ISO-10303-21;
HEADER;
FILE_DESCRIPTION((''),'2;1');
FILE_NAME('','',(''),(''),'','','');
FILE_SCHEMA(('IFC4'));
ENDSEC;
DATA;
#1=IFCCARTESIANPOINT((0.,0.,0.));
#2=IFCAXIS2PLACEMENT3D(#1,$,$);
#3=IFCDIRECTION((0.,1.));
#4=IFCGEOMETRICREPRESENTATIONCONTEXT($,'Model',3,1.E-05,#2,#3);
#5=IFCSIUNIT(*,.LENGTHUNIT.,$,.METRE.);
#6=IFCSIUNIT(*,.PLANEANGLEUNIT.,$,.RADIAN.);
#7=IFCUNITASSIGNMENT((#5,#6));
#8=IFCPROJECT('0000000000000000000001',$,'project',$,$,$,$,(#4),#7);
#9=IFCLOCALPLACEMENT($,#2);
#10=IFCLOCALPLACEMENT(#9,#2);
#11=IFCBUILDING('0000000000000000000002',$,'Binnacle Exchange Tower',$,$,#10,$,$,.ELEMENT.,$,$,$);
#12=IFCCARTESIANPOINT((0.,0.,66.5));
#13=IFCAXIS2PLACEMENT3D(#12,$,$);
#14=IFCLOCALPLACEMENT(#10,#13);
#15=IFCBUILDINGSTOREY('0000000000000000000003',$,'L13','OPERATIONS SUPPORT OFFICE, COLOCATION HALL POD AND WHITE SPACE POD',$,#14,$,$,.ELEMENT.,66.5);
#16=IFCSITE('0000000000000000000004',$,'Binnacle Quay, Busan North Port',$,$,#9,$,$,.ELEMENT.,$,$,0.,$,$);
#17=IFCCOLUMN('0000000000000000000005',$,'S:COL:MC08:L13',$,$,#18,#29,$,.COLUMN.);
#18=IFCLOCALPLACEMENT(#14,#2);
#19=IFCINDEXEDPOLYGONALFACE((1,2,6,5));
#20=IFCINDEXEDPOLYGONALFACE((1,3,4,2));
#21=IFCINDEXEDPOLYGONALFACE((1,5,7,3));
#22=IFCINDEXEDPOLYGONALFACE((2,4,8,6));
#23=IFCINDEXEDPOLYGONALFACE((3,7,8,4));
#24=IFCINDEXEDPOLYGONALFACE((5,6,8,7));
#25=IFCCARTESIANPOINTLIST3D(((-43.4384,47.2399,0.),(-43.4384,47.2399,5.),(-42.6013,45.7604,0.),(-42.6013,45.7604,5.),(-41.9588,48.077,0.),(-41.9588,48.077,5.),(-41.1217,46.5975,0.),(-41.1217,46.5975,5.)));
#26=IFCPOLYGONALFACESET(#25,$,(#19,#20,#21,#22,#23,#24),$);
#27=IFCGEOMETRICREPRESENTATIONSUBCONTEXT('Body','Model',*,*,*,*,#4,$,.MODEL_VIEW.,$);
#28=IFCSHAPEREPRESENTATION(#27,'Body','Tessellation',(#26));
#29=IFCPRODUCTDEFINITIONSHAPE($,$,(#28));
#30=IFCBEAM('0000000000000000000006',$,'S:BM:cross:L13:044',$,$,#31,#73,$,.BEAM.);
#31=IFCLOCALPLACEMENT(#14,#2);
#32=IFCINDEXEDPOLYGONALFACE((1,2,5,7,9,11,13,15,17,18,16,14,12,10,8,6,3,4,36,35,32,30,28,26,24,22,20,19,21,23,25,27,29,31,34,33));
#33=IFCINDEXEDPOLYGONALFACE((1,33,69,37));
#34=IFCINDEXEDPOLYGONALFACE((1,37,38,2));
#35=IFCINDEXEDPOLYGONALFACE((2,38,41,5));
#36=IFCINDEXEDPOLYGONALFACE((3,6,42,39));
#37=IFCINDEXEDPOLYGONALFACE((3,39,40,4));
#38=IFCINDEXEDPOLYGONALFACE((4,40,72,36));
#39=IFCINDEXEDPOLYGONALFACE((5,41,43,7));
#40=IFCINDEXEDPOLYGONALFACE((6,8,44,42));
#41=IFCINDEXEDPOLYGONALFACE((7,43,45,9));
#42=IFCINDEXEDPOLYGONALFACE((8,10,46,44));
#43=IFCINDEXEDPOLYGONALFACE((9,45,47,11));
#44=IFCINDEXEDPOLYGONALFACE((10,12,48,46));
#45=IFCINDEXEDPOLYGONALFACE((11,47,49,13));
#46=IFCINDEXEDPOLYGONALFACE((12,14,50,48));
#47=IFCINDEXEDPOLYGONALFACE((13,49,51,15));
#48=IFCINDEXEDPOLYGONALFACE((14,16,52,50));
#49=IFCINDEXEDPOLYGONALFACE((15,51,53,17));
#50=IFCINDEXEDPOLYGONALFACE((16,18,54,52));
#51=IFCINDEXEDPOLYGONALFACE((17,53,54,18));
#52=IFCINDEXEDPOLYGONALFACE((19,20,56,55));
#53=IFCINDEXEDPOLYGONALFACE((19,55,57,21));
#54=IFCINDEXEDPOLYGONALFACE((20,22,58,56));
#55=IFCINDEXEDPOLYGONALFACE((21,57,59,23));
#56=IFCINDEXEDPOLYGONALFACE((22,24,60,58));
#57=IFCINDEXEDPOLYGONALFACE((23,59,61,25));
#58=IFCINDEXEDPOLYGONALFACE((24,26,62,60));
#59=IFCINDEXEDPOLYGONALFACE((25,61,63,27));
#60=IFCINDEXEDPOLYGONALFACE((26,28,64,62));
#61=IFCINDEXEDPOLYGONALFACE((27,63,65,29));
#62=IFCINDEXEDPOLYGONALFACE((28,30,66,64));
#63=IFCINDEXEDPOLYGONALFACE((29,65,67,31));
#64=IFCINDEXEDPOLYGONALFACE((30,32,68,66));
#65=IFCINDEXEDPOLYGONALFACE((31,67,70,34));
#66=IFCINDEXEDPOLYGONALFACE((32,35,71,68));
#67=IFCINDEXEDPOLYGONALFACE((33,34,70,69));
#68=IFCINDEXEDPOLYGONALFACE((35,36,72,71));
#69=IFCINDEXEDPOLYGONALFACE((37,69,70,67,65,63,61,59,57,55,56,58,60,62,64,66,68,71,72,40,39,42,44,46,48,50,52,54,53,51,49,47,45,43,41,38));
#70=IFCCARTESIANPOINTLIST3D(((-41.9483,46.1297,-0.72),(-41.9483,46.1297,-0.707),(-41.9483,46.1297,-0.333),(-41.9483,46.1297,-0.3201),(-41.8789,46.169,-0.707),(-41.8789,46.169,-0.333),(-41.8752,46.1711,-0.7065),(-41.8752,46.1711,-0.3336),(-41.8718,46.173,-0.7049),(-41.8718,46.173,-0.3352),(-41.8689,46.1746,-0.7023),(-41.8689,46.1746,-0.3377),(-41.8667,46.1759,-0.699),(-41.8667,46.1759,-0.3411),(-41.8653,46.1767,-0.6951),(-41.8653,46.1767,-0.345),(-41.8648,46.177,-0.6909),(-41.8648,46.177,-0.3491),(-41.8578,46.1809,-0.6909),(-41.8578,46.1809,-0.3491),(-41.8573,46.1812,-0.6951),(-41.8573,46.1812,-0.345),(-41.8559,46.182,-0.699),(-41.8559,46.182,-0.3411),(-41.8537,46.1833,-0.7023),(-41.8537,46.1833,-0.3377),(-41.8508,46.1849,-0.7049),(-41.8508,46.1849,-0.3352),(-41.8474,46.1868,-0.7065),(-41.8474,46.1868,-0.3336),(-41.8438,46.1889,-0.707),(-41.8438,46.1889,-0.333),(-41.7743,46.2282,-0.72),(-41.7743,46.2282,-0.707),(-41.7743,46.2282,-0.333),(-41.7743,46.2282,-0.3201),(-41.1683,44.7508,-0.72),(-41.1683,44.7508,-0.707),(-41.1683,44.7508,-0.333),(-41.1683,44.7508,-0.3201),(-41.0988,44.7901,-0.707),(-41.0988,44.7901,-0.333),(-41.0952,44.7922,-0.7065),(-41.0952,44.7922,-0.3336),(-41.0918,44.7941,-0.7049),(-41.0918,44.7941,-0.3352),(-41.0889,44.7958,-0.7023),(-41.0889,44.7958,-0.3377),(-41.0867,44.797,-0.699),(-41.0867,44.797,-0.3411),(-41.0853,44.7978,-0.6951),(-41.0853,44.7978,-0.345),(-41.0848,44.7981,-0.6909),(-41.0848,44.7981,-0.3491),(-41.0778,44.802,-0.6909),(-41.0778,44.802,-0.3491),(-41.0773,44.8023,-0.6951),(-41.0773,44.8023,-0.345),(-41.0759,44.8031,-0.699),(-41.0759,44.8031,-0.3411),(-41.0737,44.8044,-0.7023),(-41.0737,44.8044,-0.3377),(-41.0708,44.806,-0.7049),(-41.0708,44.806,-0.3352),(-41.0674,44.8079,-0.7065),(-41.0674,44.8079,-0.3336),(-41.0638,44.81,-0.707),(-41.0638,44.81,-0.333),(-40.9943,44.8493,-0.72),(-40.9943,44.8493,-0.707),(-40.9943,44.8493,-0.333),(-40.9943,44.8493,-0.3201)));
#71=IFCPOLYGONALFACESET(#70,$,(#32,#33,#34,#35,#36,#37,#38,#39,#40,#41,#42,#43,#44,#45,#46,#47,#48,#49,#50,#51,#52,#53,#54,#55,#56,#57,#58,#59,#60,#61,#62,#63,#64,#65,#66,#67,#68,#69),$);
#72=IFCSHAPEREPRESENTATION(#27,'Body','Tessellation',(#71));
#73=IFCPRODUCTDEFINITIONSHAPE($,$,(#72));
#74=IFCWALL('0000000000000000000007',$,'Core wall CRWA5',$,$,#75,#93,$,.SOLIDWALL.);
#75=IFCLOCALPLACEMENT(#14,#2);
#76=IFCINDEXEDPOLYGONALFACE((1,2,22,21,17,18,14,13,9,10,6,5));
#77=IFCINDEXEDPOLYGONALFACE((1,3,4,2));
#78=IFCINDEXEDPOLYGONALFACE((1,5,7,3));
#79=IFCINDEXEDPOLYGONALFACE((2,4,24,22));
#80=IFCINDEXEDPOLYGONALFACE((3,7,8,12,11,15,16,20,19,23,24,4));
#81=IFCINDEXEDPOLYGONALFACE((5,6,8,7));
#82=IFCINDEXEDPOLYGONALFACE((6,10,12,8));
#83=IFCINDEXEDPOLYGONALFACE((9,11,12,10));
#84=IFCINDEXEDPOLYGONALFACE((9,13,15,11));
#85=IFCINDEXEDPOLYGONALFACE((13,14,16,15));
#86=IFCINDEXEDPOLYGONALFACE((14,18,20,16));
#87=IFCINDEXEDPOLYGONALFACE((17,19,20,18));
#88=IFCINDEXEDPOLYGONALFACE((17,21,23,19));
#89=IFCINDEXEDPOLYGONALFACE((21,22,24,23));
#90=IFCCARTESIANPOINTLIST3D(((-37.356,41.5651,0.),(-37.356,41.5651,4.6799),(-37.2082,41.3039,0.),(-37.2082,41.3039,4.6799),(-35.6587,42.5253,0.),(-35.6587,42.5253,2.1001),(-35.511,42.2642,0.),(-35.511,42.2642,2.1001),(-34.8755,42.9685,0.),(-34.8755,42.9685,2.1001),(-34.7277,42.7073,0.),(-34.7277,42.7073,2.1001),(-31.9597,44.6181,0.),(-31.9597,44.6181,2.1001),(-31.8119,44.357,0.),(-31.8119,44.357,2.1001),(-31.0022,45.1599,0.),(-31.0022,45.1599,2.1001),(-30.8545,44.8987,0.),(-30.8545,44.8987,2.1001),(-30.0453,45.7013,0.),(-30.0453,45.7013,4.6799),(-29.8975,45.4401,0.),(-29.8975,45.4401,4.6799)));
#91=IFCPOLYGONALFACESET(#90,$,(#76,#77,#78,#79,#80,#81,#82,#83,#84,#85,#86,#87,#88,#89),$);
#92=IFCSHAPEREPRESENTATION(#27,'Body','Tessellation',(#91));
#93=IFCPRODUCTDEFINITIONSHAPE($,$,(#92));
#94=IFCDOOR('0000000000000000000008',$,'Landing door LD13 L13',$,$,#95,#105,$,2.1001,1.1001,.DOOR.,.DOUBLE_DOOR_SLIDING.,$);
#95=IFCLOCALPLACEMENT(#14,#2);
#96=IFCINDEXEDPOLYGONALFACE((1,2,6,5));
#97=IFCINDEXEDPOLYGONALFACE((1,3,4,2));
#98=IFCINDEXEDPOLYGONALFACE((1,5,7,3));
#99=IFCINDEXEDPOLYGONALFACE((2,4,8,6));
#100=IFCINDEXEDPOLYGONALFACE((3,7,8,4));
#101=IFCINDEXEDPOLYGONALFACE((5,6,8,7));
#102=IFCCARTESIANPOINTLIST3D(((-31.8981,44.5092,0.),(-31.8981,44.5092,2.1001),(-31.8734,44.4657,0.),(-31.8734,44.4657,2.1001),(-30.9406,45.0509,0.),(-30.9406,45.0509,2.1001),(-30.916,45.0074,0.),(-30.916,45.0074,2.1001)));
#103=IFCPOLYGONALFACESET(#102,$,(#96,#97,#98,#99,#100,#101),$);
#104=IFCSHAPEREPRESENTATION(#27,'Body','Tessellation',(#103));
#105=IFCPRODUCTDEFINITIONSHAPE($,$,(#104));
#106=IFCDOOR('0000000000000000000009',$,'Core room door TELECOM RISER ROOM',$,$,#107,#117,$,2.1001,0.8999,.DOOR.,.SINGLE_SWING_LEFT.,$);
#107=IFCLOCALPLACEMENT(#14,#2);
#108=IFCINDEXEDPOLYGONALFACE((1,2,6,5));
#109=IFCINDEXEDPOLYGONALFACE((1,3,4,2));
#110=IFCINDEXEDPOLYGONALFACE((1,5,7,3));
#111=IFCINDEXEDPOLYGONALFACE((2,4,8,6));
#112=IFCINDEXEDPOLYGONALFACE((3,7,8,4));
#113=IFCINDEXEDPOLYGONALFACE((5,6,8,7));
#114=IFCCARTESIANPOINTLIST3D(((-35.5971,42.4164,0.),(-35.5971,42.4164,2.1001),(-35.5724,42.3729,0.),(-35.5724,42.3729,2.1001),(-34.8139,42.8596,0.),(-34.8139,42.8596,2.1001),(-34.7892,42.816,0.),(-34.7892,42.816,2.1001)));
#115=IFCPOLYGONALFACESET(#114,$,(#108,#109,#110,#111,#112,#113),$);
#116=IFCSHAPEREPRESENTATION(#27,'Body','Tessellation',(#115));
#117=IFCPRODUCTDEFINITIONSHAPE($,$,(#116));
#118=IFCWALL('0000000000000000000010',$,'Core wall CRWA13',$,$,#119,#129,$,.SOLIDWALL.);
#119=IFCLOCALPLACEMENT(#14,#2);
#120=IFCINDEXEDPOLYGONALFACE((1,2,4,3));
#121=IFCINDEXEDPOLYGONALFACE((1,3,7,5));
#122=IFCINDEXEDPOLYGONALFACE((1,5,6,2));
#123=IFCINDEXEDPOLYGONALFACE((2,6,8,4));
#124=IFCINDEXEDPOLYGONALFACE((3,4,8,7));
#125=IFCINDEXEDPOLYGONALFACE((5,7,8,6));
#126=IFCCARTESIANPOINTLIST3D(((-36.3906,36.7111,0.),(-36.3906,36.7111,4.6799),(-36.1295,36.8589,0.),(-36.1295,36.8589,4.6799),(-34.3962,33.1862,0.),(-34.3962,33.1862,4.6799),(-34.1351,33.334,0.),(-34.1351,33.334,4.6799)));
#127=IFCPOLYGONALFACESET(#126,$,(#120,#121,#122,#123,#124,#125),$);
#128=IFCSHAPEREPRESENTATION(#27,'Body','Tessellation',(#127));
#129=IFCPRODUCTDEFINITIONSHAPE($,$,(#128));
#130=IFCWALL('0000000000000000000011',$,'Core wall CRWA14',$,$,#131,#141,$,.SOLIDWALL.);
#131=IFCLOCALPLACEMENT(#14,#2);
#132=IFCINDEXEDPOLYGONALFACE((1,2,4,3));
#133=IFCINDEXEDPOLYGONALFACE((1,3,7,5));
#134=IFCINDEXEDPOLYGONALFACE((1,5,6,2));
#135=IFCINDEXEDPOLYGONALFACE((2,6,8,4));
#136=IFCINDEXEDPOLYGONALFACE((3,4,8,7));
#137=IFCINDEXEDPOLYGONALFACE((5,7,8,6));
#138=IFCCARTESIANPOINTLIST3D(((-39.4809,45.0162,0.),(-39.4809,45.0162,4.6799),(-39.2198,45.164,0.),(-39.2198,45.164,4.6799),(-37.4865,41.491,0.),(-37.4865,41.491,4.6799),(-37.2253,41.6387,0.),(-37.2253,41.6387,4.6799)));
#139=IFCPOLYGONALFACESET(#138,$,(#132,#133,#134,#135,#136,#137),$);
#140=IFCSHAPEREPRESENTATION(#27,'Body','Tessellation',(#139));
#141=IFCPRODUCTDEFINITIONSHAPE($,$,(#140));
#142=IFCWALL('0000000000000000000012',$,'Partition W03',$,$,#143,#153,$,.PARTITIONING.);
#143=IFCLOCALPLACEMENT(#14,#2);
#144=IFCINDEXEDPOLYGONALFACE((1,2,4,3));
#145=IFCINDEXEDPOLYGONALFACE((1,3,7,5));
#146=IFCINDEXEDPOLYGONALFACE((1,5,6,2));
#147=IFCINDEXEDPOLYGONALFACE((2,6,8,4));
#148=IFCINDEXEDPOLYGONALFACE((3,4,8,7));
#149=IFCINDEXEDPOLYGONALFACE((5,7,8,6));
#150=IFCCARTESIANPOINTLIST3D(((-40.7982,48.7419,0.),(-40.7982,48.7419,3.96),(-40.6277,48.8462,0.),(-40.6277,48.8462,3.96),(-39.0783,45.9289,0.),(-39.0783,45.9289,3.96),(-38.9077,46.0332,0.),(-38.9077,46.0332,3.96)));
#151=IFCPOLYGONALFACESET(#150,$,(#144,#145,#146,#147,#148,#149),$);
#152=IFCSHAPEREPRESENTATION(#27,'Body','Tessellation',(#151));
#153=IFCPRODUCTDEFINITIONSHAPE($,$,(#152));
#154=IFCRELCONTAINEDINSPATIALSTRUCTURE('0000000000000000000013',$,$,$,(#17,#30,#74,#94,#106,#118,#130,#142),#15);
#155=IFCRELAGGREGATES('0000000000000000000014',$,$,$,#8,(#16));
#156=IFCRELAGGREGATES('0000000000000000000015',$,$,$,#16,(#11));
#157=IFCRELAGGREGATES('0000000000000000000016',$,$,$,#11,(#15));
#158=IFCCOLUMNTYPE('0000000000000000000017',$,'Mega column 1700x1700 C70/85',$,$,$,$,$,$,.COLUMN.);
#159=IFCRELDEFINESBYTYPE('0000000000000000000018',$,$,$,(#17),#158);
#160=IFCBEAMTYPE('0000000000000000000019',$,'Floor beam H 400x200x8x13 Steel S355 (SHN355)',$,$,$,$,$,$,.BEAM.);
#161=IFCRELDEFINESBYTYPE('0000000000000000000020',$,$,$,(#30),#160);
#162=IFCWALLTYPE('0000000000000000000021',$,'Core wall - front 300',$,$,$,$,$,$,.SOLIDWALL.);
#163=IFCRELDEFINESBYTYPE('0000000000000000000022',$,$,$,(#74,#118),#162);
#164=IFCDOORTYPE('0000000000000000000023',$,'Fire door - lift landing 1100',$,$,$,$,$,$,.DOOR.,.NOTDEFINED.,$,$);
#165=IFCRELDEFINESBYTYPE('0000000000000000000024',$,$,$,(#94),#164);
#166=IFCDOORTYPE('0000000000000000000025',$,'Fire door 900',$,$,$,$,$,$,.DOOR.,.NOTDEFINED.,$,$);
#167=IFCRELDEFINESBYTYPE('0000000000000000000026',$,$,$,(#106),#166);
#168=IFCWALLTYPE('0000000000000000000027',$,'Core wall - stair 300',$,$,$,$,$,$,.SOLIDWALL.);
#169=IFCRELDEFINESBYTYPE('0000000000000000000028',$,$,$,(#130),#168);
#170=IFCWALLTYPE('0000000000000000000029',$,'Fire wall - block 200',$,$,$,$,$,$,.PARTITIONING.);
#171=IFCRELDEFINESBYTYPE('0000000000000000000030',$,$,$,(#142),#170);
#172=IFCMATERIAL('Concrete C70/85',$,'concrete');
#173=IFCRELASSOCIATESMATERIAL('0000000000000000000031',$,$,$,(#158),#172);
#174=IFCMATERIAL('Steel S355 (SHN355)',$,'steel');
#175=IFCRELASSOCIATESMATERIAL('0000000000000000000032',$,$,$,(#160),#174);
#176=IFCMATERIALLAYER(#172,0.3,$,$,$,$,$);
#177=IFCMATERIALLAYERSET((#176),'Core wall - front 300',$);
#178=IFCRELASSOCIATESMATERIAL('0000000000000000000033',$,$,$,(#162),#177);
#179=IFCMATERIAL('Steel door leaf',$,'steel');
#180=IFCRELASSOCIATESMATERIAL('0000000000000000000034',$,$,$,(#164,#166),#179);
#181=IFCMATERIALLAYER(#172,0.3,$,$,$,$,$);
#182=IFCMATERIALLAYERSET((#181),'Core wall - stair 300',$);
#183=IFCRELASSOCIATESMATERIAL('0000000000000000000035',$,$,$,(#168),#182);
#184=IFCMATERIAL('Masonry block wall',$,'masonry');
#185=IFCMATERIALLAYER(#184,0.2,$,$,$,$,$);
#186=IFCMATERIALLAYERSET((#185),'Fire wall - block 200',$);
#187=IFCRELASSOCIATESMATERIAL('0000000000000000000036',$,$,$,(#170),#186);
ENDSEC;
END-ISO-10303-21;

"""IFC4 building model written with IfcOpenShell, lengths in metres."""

from ifc_helpers import new_model, si_unit, direction, frame, frame_2d, origin, origin_2d, place, context, subcontext, project, spatial, rectangle, i_section, extrude, material, layer, layer_set, material_profile, profile_set, type_object, element, fill, save


model = new_model("IFC4")

# Units and contexts
model_context = context("Model", 3, precision=1e-05, world=origin(), true_north=direction((0.0, 1.0)))
body_context = subcontext(model_context, "Body", "Model", "MODEL_VIEW")
ifc_project = project(units=[si_unit("LENGTHUNIT", "METRE"), si_unit("PLANEANGLEUNIT", "RADIAN")], contexts=[model_context])

# Site, building, storey
site_placement = place(None, origin())
site = spatial("IfcSite", under=ifc_project, at=site_placement, Name="Binnacle Quay, Busan North Port", CompositionType="ELEMENT", RefElevation=0.0)
building_placement = place(site_placement, origin())
building = spatial("IfcBuilding", under=site, at=building_placement, Name="Binnacle Exchange Tower", CompositionType="ELEMENT")
storey_placement = place(building_placement, frame((0.0, 0.0, 66.5)))
storey = spatial("IfcBuildingStorey", under=building, at=storey_placement, Name="L13", Description="OPERATIONS SUPPORT OFFICE, COLOCATION HALL POD AND WHITE SPACE POD", CompositionType="ELEMENT", Elevation=66.5)

# Column
ifc_material_1 = material(Name="Concrete C70/85", Category="concrete")
ifc_material_profile_1 = material_profile(ifc_material_1, rectangle(XDim=1.7, YDim=1.7, at=origin_2d()), Name="Mega column 1700x1700 C70/85")
ifc_profile_set_1 = profile_set([ifc_material_profile_1], Name="Concrete C70/85")
column_type = type_object("IfcColumnType", Name="Mega column 1700x1700 C70/85", PredefinedType="COLUMN", material=ifc_profile_set_1)
column_placement = place(storey_placement, frame((-42.28, 46.9187, 0.0), z_axis=(0.0, 0.0, 1.0), x_axis=(-0.870356, -0.492424, 0.0)))
element("IfcColumn", 1, at=column_placement, inside=storey, type_object=column_type, Name="S:COL:MC08:L13", PredefinedType="COLUMN", context=body_context, shape_type="SweptSolid", body=[
    extrude(rectangle(XDim=1.7, YDim=1.7, at=origin_2d()), origin(), (0.0, 0.0, 1.0), 5.0),
])

# Beam
ifc_material_2 = material(Name="Steel S355 (SHN355)", Category="steel")
ifc_material_profile_2 = material_profile(ifc_material_2, i_section(OverallWidth=0.2, OverallDepth=0.3999, WebThickness=0.0081, FlangeThickness=0.0129, FilletRadius=0.0161, at=origin_2d()), Name="H 400x200x8x13")
ifc_profile_set_2 = profile_set([ifc_material_profile_2], Name="Steel S355 (SHN355)")
beam_type = type_object("IfcBeamType", Name="Floor beam H 400x200x8x13 Steel S355 (SHN355)", PredefinedType="BEAM", material=ifc_profile_set_2)
beam_placement = place(storey_placement, frame((-41.8613, 46.179, -0.52), z_axis=(0.492367, -0.870388, 0.0), x_axis=(0.870388, 0.492367, 0.0)))
element("IfcBeam", 2, at=beam_placement, inside=storey, type_object=beam_type, Name="S:BM:cross:L13:044", PredefinedType="BEAM", context=body_context, shape_type="SweptSolid", body=[
    extrude(i_section(OverallWidth=0.2, OverallDepth=0.3999, WebThickness=0.0081, FlangeThickness=0.0129, FilletRadius=0.0161, at=origin_2d()), origin(), (0.0, 0.0, 1.0), 1.5842),
])

# Wall, openings, doors
ifc_layer_1 = layer(ifc_material_1, 0.3)
ifc_layer_set_1 = layer_set([ifc_layer_1], Name="Core wall - front 300")
wall_type_1 = type_object("IfcWallType", Name="Core wall - front 300", PredefinedType="SOLIDWALL", material=ifc_layer_set_1)
wall_1_placement = place(storey_placement, frame((-37.282, 41.4346, 0.0), z_axis=(0.0, 0.0, 1.0), x_axis=(0.870357, 0.492422, 0.0)))
wall_1 = element("IfcWall", 3, at=wall_1_placement, inside=storey, type_object=wall_type_1, Name="Core wall CRWA5", PredefinedType="SOLIDWALL", context=body_context, shape_type="SweptSolid", body=[
    extrude(rectangle(XDim=8.3997, YDim=0.3, at=frame_2d((4.1997, 0.0))), origin(), (0.0, 0.0, 1.0), 4.6799),
])
opening_1_placement = place(wall_1_placement, frame((6.2, 0.0, 0.0)))
opening_1 = element("IfcOpeningElement", 4, at=opening_1_placement, cuts=wall_1, PredefinedType="OPENING", context=body_context, shape_type="SweptSolid", body=[
    extrude(rectangle(XDim=1.1001, YDim=2.1001, at=frame_2d((0.55, 1.05))), frame((0.0, 0.1599, 0.0), z_axis=(0.0, -1.0, 0.0), x_axis=(1.0, 0.0, 0.0)), (0.0, 0.0, 1.0), 0.3201),
])
opening_2_placement = place(wall_1_placement, frame((1.95, 0.0, 0.0)))
opening_2 = element("IfcOpeningElement", 5, at=opening_2_placement, cuts=wall_1, PredefinedType="OPENING", context=body_context, shape_type="SweptSolid", body=[
    extrude(rectangle(XDim=0.8999, YDim=2.1001, at=frame_2d((0.45, 1.05))), frame((0.0, 0.1599, 0.0), z_axis=(0.0, -1.0, 0.0), x_axis=(1.0, 0.0, 0.0)), (0.0, 0.0, 1.0), 0.3201),
])
ifc_material_3 = material(Name="Steel door leaf", Category="steel")
door_type_1 = type_object("IfcDoorType", Name="Fire door - lift landing 1100", OperationType="NOTDEFINED", PredefinedType="DOOR", material=ifc_material_3)
door_1_placement = place(opening_1_placement, origin())
door_1 = element("IfcDoor", 6, at=door_1_placement, inside=storey, type_object=door_type_1, Name="Landing door LD13 L13", OperationType="DOUBLE_DOOR_SLIDING", OverallHeight=2.1001, OverallWidth=1.1001, PredefinedType="DOOR", context=body_context, shape_type="SweptSolid", body=[
    extrude(rectangle(XDim=1.1001, YDim=2.1001, at=frame_2d((0.55, 1.05))), frame((0.0, 0.0249, 0.0), z_axis=(0.0, -1.0, 0.0), x_axis=(1.0, 0.0, 0.0)), (0.0, 0.0, 1.0), 0.05),
])
fill(opening_1, door_1)
door_type_2 = type_object("IfcDoorType", Name="Fire door 900", OperationType="NOTDEFINED", PredefinedType="DOOR", material=ifc_material_3)
door_2_placement = place(opening_2_placement, origin())
door_2 = element("IfcDoor", 7, at=door_2_placement, inside=storey, type_object=door_type_2, Name="Core room door TELECOM RISER ROOM", OperationType="SINGLE_SWING_LEFT", OverallHeight=2.1001, OverallWidth=0.8999, PredefinedType="DOOR", context=body_context, shape_type="SweptSolid", body=[
    extrude(rectangle(XDim=0.8999, YDim=2.1001, at=frame_2d((0.45, 1.05))), frame((0.0, 0.0249, 0.0), z_axis=(0.0, -1.0, 0.0), x_axis=(1.0, 0.0, 0.0)), (0.0, 0.0, 1.0), 0.05),
])
fill(opening_2, door_2)

# Walls
wall_2_placement = place(storey_placement, frame((-36.26, 36.7849, 0.0), z_axis=(0.0, 0.0, 1.0), x_axis=(0.492441, -0.870346, 0.0)))
element("IfcWall", 8, at=wall_2_placement, inside=storey, type_object=wall_type_1, Name="Core wall CRWA13", PredefinedType="SOLIDWALL", context=body_context, shape_type="SweptSolid", body=[
    extrude(rectangle(XDim=4.05, YDim=0.3, at=frame_2d((2.0249, 0.0))), origin(), (0.0, 0.0, 1.0), 4.6799),
])
ifc_layer_2 = layer(ifc_material_1, 0.3)
ifc_layer_set_2 = layer_set([ifc_layer_2], Name="Core wall - stair 300")
wall_type_2 = type_object("IfcWallType", Name="Core wall - stair 300", PredefinedType="SOLIDWALL", material=ifc_layer_set_2)
wall_3_placement = place(storey_placement, frame((-39.3503, 45.0901, 0.0), z_axis=(0.0, 0.0, 1.0), x_axis=(0.492415, -0.870361, 0.0)))
element("IfcWall", 9, at=wall_3_placement, inside=storey, type_object=wall_type_2, Name="Core wall CRWA14", PredefinedType="SOLIDWALL", context=body_context, shape_type="SweptSolid", body=[
    extrude(rectangle(XDim=4.0503, YDim=0.3, at=frame_2d((2.0251, 0.0))), origin(), (0.0, 0.0, 1.0), 4.6799),
])
ifc_material_4 = material(Name="Masonry block wall", Category="masonry")
ifc_layer_3 = layer(ifc_material_4, 0.2)
ifc_layer_set_3 = layer_set([ifc_layer_3], Name="Fire wall - block 200")
wall_type_3 = type_object("IfcWallType", Name="Fire wall - block 200", PredefinedType="PARTITIONING", material=ifc_layer_set_3)
wall_4_placement = place(storey_placement, frame((-40.7129, 48.7939, 0.0), z_axis=(0.0, 0.0, 1.0), x_axis=(0.521654, -0.853157, 0.0)))
element("IfcWall", 10, at=wall_4_placement, inside=storey, type_object=wall_type_3, Name="Partition W03", PredefinedType="PARTITIONING", context=body_context, shape_type="SweptSolid", body=[
    extrude(rectangle(XDim=3.2971, YDim=0.2, at=frame_2d((1.6484, 0.0))), origin(), (0.0, 0.0, 1.0), 3.96),
])

save(model, "model.ifc")
